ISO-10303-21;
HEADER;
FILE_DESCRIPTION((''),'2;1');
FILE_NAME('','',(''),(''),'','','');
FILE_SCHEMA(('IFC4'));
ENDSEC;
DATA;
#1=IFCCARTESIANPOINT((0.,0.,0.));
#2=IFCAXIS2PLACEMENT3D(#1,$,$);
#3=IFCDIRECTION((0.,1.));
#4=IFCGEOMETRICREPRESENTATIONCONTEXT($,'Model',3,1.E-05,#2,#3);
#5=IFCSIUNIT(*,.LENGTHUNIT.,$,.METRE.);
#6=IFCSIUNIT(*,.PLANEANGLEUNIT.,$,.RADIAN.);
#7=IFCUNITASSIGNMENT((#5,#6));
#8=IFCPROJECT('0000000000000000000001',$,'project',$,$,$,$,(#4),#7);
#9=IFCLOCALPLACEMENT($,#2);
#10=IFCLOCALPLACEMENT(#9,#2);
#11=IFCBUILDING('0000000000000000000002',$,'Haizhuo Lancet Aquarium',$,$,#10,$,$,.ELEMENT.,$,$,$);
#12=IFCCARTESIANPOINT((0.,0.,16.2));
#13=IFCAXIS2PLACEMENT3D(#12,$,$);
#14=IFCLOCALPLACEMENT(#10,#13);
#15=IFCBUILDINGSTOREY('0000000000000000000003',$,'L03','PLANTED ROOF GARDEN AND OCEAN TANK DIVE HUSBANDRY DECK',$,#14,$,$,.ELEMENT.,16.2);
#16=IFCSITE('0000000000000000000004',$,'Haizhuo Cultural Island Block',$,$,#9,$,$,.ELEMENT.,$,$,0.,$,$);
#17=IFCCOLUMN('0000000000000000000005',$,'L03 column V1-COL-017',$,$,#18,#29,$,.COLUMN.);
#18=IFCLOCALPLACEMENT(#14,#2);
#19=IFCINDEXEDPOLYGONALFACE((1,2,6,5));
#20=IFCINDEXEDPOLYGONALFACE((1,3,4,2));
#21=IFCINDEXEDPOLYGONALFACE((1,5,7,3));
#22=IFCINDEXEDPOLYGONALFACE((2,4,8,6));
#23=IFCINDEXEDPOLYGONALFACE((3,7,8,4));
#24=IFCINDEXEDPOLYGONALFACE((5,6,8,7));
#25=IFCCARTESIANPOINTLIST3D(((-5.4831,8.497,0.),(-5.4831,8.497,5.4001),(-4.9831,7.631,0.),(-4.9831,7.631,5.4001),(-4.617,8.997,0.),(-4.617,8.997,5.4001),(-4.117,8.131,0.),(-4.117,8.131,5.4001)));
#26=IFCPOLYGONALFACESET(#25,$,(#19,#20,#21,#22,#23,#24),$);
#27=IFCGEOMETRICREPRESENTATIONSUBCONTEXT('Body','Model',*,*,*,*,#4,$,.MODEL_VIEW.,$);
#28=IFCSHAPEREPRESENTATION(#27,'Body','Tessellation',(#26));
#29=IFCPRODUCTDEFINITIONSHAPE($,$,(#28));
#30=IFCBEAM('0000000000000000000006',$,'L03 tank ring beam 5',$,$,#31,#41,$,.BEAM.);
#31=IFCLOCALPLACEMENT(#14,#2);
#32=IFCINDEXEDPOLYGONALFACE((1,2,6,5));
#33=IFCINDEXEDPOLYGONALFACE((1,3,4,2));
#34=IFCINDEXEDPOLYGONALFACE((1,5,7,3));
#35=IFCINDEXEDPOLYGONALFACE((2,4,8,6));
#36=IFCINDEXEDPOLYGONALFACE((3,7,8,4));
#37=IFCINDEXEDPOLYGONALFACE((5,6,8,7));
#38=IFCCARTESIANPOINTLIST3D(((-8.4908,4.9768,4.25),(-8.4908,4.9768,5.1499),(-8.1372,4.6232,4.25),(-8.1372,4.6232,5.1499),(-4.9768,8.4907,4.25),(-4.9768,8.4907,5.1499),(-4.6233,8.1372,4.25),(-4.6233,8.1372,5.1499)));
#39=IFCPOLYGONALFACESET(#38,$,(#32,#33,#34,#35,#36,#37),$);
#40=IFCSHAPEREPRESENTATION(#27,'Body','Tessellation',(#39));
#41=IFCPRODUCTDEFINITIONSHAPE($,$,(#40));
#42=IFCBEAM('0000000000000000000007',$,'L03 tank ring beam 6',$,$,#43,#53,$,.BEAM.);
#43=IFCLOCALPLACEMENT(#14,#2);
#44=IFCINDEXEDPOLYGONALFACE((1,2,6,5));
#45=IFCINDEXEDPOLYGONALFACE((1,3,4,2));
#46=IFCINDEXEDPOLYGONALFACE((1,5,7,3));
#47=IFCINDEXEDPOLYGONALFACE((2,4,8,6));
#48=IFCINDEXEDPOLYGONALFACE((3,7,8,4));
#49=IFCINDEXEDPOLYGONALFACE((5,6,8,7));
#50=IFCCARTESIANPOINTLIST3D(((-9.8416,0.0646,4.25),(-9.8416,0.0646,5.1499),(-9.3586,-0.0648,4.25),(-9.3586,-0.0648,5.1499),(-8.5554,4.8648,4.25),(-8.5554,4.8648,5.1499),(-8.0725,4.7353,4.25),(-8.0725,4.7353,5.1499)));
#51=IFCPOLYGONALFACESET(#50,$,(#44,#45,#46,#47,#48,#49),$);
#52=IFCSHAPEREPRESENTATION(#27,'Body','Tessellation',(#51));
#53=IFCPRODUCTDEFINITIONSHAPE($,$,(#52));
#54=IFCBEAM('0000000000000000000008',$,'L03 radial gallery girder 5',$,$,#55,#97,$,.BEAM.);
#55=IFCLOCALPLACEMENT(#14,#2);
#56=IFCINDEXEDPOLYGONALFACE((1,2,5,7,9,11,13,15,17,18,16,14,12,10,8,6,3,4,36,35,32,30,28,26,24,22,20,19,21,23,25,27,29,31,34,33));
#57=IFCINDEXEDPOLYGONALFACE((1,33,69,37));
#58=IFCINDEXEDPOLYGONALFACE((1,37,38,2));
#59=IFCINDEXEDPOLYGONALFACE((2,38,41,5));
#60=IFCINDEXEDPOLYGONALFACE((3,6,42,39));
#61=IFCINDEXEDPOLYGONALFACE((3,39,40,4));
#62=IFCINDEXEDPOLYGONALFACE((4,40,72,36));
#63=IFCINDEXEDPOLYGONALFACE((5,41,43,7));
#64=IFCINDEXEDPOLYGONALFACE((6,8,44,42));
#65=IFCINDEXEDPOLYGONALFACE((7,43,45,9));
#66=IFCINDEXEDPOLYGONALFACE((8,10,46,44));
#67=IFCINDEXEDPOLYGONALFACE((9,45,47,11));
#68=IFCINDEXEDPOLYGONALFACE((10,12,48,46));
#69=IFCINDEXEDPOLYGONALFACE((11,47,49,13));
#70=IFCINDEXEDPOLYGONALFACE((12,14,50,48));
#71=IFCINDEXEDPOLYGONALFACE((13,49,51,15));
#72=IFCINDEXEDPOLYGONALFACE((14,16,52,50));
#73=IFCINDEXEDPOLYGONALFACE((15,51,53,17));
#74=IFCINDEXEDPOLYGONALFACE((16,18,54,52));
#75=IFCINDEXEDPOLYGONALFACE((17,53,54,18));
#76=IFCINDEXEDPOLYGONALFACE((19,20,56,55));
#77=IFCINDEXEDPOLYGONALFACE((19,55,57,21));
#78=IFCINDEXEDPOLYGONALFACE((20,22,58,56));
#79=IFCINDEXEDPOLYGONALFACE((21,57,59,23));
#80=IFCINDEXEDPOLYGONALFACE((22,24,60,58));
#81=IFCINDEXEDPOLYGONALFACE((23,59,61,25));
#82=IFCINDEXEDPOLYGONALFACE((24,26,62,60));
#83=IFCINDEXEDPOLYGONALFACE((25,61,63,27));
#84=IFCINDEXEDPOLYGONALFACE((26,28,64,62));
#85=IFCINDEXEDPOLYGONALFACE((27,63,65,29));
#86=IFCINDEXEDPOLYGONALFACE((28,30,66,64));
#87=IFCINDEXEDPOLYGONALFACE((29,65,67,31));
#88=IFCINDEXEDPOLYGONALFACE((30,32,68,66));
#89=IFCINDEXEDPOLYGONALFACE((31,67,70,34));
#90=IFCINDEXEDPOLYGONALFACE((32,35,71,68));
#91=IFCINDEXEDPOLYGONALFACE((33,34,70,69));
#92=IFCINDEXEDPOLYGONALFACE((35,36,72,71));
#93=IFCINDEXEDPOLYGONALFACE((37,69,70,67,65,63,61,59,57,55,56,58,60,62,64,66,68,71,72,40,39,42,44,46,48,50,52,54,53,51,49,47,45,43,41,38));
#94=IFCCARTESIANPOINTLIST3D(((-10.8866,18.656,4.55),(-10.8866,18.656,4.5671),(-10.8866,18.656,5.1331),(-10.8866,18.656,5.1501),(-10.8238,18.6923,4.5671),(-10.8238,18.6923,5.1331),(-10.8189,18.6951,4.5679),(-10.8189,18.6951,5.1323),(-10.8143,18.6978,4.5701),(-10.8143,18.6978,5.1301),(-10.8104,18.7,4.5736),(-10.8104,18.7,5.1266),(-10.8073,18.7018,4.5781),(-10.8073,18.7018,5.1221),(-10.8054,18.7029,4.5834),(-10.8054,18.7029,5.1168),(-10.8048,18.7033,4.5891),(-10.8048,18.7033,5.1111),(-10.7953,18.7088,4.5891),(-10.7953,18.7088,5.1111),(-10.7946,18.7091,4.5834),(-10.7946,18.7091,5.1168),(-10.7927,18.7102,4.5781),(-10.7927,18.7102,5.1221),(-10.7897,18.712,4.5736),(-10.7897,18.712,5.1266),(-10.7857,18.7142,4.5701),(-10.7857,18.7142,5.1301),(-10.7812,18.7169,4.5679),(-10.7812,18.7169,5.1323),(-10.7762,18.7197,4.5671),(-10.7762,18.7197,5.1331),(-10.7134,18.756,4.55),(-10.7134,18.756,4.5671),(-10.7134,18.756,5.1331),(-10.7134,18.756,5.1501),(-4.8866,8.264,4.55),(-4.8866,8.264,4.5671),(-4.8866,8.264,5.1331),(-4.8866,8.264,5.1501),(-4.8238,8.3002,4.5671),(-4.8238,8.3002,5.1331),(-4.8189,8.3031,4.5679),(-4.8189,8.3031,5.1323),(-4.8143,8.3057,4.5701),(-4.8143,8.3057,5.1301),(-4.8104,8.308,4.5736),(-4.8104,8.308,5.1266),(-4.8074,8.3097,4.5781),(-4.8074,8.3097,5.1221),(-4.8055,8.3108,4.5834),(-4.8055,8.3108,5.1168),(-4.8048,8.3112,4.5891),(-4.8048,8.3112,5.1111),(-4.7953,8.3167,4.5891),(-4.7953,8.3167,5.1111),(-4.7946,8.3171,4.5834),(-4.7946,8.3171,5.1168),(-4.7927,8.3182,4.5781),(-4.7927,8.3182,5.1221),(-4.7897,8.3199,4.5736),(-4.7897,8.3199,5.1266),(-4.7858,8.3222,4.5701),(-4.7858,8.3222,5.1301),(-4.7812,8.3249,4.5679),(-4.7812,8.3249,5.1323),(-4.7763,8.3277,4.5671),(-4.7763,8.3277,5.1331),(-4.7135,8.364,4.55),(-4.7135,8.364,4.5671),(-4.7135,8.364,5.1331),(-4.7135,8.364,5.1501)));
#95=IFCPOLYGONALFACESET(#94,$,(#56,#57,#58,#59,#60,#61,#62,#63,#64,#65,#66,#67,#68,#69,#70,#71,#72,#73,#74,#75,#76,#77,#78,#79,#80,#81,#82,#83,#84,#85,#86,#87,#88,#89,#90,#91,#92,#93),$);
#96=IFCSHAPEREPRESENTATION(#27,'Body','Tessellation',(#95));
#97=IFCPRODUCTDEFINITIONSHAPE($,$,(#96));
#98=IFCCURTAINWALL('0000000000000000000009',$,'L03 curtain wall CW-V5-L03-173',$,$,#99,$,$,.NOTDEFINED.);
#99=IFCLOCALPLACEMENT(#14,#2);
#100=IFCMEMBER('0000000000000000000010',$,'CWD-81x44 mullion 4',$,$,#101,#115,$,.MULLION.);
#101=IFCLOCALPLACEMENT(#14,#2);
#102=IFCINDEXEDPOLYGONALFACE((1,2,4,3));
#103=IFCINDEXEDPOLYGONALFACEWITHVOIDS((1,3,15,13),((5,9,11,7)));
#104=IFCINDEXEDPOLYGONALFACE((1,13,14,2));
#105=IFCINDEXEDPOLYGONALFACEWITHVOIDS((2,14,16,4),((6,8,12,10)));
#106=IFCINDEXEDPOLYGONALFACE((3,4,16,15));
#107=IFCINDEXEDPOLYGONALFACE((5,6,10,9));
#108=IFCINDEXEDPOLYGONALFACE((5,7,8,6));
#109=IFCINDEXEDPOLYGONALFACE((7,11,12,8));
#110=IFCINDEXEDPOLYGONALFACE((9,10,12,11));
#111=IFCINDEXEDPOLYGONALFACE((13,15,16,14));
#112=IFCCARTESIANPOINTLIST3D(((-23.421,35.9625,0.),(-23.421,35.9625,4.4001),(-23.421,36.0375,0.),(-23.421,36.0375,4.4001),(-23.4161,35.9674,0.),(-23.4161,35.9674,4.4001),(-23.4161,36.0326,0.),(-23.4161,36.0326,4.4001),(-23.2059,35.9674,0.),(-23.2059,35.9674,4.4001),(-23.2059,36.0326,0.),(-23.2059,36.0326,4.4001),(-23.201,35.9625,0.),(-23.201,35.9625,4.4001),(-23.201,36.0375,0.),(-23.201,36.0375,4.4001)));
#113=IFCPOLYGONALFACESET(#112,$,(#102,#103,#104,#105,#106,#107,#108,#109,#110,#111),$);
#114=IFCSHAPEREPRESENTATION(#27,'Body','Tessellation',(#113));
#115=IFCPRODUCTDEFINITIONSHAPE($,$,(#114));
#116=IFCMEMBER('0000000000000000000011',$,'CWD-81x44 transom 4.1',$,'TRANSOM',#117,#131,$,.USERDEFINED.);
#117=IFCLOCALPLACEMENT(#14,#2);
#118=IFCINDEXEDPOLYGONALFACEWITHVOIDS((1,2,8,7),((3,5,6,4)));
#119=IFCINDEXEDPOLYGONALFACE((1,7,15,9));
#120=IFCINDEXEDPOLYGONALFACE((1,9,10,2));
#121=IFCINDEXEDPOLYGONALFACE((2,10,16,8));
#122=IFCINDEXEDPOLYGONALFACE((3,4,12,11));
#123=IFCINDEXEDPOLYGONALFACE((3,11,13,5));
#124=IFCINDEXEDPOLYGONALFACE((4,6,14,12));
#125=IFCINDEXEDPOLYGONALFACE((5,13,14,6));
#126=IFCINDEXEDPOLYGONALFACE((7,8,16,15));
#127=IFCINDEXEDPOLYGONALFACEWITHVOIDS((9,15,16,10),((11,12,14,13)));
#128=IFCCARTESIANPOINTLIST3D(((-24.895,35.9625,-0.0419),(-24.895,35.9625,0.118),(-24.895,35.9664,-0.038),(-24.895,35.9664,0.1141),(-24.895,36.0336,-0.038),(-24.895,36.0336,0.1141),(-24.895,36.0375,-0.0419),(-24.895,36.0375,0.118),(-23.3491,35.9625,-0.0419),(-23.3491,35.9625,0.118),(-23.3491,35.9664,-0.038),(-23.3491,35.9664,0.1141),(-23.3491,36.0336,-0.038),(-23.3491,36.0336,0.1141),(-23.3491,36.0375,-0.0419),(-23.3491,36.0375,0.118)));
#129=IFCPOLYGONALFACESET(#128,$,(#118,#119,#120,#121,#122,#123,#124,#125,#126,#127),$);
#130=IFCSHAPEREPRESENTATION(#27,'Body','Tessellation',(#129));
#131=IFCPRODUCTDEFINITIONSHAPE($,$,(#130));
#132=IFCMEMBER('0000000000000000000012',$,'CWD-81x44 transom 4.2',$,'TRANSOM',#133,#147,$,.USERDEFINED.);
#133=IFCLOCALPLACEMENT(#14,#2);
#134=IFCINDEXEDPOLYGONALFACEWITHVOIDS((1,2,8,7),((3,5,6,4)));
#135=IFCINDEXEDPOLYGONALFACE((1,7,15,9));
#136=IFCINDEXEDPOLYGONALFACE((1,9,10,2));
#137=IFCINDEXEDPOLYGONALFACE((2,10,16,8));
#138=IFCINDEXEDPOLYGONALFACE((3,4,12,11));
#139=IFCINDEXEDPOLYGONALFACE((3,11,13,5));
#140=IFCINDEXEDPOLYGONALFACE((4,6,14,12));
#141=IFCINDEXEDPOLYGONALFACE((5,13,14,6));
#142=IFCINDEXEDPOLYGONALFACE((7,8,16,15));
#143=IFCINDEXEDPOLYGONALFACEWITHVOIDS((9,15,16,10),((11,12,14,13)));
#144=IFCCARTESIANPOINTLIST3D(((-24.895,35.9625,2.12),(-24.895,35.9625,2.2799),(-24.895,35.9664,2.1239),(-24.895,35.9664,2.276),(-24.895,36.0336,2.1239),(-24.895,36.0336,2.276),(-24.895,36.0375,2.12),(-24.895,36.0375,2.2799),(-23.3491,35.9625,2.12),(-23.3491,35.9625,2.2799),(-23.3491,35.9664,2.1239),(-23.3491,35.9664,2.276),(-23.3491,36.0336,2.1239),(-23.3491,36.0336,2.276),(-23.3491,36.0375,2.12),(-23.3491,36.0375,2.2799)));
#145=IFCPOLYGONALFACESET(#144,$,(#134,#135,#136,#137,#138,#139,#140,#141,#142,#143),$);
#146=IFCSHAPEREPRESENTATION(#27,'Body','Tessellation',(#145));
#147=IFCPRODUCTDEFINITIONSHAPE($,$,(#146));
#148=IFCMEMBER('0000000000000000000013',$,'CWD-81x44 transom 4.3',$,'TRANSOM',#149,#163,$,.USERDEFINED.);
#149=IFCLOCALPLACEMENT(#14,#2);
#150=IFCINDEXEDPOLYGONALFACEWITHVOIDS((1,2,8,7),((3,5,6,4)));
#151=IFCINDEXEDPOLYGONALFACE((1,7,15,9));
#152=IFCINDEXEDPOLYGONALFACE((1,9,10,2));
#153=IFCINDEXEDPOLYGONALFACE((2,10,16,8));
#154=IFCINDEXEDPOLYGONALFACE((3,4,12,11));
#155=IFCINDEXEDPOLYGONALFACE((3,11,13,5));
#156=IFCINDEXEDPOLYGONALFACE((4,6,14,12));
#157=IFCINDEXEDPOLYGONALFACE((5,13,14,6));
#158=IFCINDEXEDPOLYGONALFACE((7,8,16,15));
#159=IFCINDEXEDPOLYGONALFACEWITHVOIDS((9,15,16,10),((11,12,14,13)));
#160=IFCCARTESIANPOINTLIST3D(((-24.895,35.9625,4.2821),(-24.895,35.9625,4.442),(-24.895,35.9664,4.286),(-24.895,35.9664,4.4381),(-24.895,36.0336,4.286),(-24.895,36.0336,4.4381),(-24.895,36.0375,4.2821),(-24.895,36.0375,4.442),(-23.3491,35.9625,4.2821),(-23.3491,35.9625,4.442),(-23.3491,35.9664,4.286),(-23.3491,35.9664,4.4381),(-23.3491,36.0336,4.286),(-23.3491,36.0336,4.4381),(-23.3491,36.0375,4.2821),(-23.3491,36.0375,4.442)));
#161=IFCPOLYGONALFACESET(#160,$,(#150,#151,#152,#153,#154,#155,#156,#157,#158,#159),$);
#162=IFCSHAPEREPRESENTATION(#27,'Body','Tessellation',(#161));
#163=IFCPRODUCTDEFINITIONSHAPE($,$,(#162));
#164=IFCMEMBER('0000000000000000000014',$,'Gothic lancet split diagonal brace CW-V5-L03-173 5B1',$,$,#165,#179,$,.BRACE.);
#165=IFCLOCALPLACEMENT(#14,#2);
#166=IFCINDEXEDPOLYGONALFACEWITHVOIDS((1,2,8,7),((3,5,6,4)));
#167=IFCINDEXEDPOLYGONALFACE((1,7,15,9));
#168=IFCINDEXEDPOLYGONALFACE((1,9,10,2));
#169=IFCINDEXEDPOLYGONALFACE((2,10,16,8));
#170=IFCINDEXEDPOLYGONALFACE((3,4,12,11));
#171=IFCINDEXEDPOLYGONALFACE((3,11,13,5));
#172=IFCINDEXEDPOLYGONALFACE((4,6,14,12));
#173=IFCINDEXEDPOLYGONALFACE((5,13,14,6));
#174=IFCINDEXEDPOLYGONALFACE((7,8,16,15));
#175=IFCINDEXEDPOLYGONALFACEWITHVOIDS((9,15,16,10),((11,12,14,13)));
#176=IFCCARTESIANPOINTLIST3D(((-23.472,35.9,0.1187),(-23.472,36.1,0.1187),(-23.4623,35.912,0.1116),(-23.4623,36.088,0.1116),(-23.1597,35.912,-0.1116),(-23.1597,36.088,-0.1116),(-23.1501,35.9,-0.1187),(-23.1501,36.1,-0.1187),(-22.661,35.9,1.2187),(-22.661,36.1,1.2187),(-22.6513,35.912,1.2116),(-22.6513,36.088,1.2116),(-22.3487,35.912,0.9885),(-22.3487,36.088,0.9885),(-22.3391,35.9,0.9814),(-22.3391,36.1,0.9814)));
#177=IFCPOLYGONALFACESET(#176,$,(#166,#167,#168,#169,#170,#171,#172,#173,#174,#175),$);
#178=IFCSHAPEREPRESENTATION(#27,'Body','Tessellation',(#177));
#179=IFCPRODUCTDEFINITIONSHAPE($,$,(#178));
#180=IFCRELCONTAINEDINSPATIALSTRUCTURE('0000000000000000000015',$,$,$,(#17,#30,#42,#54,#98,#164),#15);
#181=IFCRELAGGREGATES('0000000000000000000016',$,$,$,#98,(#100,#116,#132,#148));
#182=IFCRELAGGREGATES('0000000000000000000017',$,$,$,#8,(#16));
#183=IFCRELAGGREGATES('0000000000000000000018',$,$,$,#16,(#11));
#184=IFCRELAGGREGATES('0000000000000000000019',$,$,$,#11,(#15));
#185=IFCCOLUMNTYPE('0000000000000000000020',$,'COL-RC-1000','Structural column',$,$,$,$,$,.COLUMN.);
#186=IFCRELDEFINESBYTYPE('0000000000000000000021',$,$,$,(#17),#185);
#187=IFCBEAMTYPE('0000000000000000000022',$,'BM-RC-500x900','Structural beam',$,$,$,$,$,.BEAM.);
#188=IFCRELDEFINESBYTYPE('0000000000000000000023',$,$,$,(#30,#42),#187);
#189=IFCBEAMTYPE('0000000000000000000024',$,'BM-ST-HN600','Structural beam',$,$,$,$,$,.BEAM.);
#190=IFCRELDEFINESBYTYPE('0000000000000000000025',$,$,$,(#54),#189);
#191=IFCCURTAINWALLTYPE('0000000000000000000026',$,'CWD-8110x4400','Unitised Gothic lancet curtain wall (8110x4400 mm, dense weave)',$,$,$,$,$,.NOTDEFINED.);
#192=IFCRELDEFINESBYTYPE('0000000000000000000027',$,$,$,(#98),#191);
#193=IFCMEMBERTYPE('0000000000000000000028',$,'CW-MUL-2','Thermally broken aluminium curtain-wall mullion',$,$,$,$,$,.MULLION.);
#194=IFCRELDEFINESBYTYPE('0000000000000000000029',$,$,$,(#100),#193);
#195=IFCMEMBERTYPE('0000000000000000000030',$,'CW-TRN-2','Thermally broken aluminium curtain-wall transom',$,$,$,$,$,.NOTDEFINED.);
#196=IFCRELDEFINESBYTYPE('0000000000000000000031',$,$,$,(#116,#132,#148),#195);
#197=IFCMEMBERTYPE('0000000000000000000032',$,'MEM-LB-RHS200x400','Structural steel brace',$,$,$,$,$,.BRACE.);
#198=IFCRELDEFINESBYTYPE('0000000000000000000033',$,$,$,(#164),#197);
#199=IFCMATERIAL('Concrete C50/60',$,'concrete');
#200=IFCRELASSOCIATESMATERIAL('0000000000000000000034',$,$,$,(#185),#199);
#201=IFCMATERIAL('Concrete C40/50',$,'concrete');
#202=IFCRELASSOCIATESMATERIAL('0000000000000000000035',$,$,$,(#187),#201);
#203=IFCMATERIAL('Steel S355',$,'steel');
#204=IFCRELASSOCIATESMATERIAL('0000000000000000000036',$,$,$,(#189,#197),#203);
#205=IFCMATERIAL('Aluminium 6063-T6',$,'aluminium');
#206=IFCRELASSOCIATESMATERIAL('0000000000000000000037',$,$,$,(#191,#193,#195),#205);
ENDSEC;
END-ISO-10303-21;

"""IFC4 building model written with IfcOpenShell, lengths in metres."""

from ifc_helpers import new_model, si_unit, direction, frame, origin, origin_2d, place, context, subcontext, project, spatial, rectangle, hollow_rectangle, i_section, extrude, material, material_profile, profile_set, type_object, element, aggregate, save


model = new_model("IFC4")

# Units and contexts
model_context = context("Model", 3, precision=1e-05, world=origin(), true_north=direction((0.0, 1.0)))
body_context = subcontext(model_context, "Body", "Model", "MODEL_VIEW")
ifc_project = project(units=[si_unit("LENGTHUNIT", "METRE"), si_unit("PLANEANGLEUNIT", "RADIAN")], contexts=[model_context])

# Site, building, storey
site_placement = place(None, origin())
site = spatial("IfcSite", under=ifc_project, at=site_placement, Name="Haizhuo Cultural Island Block", CompositionType="ELEMENT", RefElevation=0.0)
building_placement = place(site_placement, origin())
building = spatial("IfcBuilding", under=site, at=building_placement, Name="Haizhuo Lancet Aquarium", CompositionType="ELEMENT")
storey_placement = place(building_placement, frame((0.0, 0.0, 16.2)))
storey = spatial("IfcBuildingStorey", under=building, at=storey_placement, Name="L03", Description="PLANTED ROOF GARDEN AND OCEAN TANK DIVE HUSBANDRY DECK", CompositionType="ELEMENT", Elevation=16.2)

# Column
ifc_material_1 = material(Name="Concrete C50/60", Category="concrete")
ifc_material_profile_1 = material_profile(ifc_material_1, rectangle(XDim=1.0, YDim=1.0, at=origin_2d()), Name="RC-COL 1000x1000")
ifc_profile_set_1 = profile_set([ifc_material_profile_1], Name="Concrete C50/60")
column_type_1 = type_object("IfcColumnType", Name="COL-RC-1000", Description="Structural column", PredefinedType="COLUMN", material=ifc_profile_set_1)
column_placement = place(storey_placement, frame((-4.8, 8.314, 0.0), z_axis=(0.0, 0.0, 1.0), x_axis=(-0.5, 0.866025, 0.0)))
element("IfcColumn", 1, at=column_placement, inside=storey, type_object=column_type_1, Name="L03 column V1-COL-017", PredefinedType="COLUMN", context=body_context, shape_type="SweptSolid", body=[
    extrude(rectangle(XDim=1.0, YDim=1.0, at=origin_2d()), origin(), (0.0, 0.0, 1.0), 5.4001),
])

# Beams
ifc_material_2 = material(Name="Concrete C40/50", Category="concrete")
ifc_material_profile_2 = material_profile(ifc_material_2, rectangle(XDim=0.5, YDim=0.8999, at=origin_2d()), Name="RC-BM 500x900")
ifc_profile_set_2 = profile_set([ifc_material_profile_2], Name="Concrete C40/50")
beam_type_1 = type_object("IfcBeamType", Name="BM-RC-500x900", Description="Structural beam", PredefinedType="BEAM", material=ifc_profile_set_2)
for number, where, z_axis, x_axis, name in (
    (2, (-4.8, 8.314, 4.7), (-0.707107, -0.707107, 0.0), (0.707107, -0.707107, 0.0), "L03 tank ring beam 5"),
    (3, (-8.314, 4.8, 4.7), (-0.258812, -0.965928, 0.0), (0.965928, -0.258812, 0.0), "L03 tank ring beam 6"),
):
    element("IfcBeam", number, at=place(storey_placement, frame(where, z_axis=z_axis, x_axis=x_axis)), inside=storey, type_object=beam_type_1, Name=name, PredefinedType="BEAM", context=body_context, shape_type="SweptSolid", body=[
        extrude(rectangle(XDim=0.5, YDim=0.8999, at=origin_2d()), origin(), (0.0, 0.0, 1.0), 4.9695),
    ])
ifc_material_3 = material(Name="Steel S355", Category="steel")
ifc_material_profile_3 = material_profile(ifc_material_3, i_section(OverallWidth=0.2, OverallDepth=0.6001, WebThickness=0.011, FlangeThickness=0.0171, FilletRadius=0.022, at=origin_2d()), Name="HN 600x200x11x17")
ifc_profile_set_3 = profile_set([ifc_material_profile_3], Name="Steel S355")
beam_type_2 = type_object("IfcBeamType", Name="BM-ST-HN600", Description="Structural beam", PredefinedType="BEAM", material=ifc_profile_set_3)
beam_1_placement = place(storey_placement, frame((-4.8, 8.314, 4.8501), z_axis=(-0.500008, 0.866021, 0.0), x_axis=(-0.866021, -0.500008, 0.0)))
element("IfcBeam", 4, at=beam_1_placement, inside=storey, type_object=beam_type_2, Name="L03 radial gallery girder 5", PredefinedType="BEAM", context=body_context, shape_type="SweptSolid", body=[
    extrude(i_section(OverallWidth=0.2, OverallDepth=0.6001, WebThickness=0.011, FlangeThickness=0.0171, FilletRadius=0.022, at=origin_2d()), origin(), (0.0, 0.0, 1.0), 11.9998),
])

# Curtain wall, members
ifc_material_4 = material(Name="Aluminium 6063-T6", Category="aluminium")
curtain_wall_type = type_object("IfcCurtainWallType", Name="CWD-8110x4400", Description="Unitised Gothic lancet curtain wall (8110x4400 mm, dense weave)", PredefinedType="NOTDEFINED", material=ifc_material_4)
curtain_wall_placement = place(storey_placement, origin())
curtain_wall = element("IfcCurtainWall", 5, at=curtain_wall_placement, inside=storey, type_object=curtain_wall_type, Name="L03 curtain wall CW-V5-L03-173", PredefinedType="NOTDEFINED")
ifc_material_profile_4 = material_profile(ifc_material_4, hollow_rectangle(XDim=0.075, YDim=0.22, WallThickness=0.0049, at=origin_2d()), Name="ALU-M 75x220x5")
ifc_profile_set_4 = profile_set([ifc_material_profile_4], Name="Aluminium 6063-T6")
member_type_1 = type_object("IfcMemberType", Name="CW-MUL-2", Description="Thermally broken aluminium curtain-wall mullion", PredefinedType="MULLION", material=ifc_profile_set_4)
member_1_placement = place(storey_placement, frame((-23.311, 36.0, 0.0), z_axis=(0.0, 0.0, 1.0), x_axis=(0.0, -1.0, 0.0)))
member_1 = element("IfcMember", 6, at=member_1_placement, type_object=member_type_1, Name="CWD-81x44 mullion 4", PredefinedType="MULLION", context=body_context, shape_type="SweptSolid", body=[
    extrude(hollow_rectangle(XDim=0.075, YDim=0.22, WallThickness=0.0049, at=origin_2d()), origin(), (0.0, 0.0, 1.0), 4.4001),
])
ifc_material_profile_5 = material_profile(ifc_material_4, hollow_rectangle(XDim=0.075, YDim=0.1599, WallThickness=0.0039, at=origin_2d()), Name="ALU-T 75x160x4")
ifc_profile_set_5 = profile_set([ifc_material_profile_5], Name="Aluminium 6063-T6")
member_type_2 = type_object("IfcMemberType", Name="CW-TRN-2", Description="Thermally broken aluminium curtain-wall transom", PredefinedType="NOTDEFINED", material=ifc_profile_set_5)
member_2_placement = place(storey_placement, frame((-23.3491, 36.0, 0.0381), z_axis=(-1.0, 0.0, 0.0), x_axis=(0.0, -1.0, 0.0)))
member_2 = element("IfcMember", 7, at=member_2_placement, type_object=member_type_2, Name="CWD-81x44 transom 4.1", ObjectType="TRANSOM", PredefinedType="USERDEFINED", context=body_context, shape_type="SweptSolid", body=[
    extrude(hollow_rectangle(XDim=0.075, YDim=0.1599, WallThickness=0.0039, at=origin_2d()), origin(), (0.0, 0.0, 1.0), 1.5459),
])
member_3_placement = place(storey_placement, frame((-23.3491, 36.0, 2.2), z_axis=(-1.0, 0.0, 0.0), x_axis=(0.0, -1.0, 0.0)))
member_3 = element("IfcMember", 8, at=member_3_placement, type_object=member_type_2, Name="CWD-81x44 transom 4.2", ObjectType="TRANSOM", PredefinedType="USERDEFINED", context=body_context, shape_type="SweptSolid", body=[
    extrude(hollow_rectangle(XDim=0.075, YDim=0.1599, WallThickness=0.0039, at=origin_2d()), origin(), (0.0, 0.0, 1.0), 1.5459),
])
member_4_placement = place(storey_placement, frame((-23.3491, 36.0, 4.3621), z_axis=(-1.0, 0.0, 0.0), x_axis=(0.0, -1.0, 0.0)))
member_4 = element("IfcMember", 9, at=member_4_placement, type_object=member_type_2, Name="CWD-81x44 transom 4.3", ObjectType="TRANSOM", PredefinedType="USERDEFINED", context=body_context, shape_type="SweptSolid", body=[
    extrude(hollow_rectangle(XDim=0.075, YDim=0.1599, WallThickness=0.0039, at=origin_2d()), origin(), (0.0, 0.0, 1.0), 1.5459),
])

# Member
ifc_material_profile_6 = material_profile(ifc_material_3, hollow_rectangle(XDim=0.2, YDim=0.3999, WallThickness=0.012, at=origin_2d()), Name="RHS 200x400x12")
ifc_profile_set_6 = profile_set([ifc_material_profile_6], Name="Steel S355")
member_type_3 = type_object("IfcMemberType", Name="MEM-LB-RHS200x400", Description="Structural steel brace", PredefinedType="BRACE", material=ifc_profile_set_6)
for number, where, z_axis, x_axis, name in (
    (10, (-23.311, 36.0, 0.0), (0.593406, 0.0, 0.804903), (0.0, 1.0, 0.0), "Gothic lancet split diagonal brace CW-V5-L03-173 5B1"),
):
    element("IfcMember", number, at=place(storey_placement, frame(where, z_axis=z_axis, x_axis=x_axis)), inside=storey, type_object=member_type_3, Name=name, PredefinedType="BRACE", context=body_context, shape_type="SweptSolid", body=[
        extrude(hollow_rectangle(XDim=0.2, YDim=0.3999, WallThickness=0.012, at=origin_2d()), origin(), (0.0, 0.0, 1.0), 1.3667),
    ])

aggregate(curtain_wall, [member_1, member_2, member_3, member_4])

save(model, "model.ifc")
